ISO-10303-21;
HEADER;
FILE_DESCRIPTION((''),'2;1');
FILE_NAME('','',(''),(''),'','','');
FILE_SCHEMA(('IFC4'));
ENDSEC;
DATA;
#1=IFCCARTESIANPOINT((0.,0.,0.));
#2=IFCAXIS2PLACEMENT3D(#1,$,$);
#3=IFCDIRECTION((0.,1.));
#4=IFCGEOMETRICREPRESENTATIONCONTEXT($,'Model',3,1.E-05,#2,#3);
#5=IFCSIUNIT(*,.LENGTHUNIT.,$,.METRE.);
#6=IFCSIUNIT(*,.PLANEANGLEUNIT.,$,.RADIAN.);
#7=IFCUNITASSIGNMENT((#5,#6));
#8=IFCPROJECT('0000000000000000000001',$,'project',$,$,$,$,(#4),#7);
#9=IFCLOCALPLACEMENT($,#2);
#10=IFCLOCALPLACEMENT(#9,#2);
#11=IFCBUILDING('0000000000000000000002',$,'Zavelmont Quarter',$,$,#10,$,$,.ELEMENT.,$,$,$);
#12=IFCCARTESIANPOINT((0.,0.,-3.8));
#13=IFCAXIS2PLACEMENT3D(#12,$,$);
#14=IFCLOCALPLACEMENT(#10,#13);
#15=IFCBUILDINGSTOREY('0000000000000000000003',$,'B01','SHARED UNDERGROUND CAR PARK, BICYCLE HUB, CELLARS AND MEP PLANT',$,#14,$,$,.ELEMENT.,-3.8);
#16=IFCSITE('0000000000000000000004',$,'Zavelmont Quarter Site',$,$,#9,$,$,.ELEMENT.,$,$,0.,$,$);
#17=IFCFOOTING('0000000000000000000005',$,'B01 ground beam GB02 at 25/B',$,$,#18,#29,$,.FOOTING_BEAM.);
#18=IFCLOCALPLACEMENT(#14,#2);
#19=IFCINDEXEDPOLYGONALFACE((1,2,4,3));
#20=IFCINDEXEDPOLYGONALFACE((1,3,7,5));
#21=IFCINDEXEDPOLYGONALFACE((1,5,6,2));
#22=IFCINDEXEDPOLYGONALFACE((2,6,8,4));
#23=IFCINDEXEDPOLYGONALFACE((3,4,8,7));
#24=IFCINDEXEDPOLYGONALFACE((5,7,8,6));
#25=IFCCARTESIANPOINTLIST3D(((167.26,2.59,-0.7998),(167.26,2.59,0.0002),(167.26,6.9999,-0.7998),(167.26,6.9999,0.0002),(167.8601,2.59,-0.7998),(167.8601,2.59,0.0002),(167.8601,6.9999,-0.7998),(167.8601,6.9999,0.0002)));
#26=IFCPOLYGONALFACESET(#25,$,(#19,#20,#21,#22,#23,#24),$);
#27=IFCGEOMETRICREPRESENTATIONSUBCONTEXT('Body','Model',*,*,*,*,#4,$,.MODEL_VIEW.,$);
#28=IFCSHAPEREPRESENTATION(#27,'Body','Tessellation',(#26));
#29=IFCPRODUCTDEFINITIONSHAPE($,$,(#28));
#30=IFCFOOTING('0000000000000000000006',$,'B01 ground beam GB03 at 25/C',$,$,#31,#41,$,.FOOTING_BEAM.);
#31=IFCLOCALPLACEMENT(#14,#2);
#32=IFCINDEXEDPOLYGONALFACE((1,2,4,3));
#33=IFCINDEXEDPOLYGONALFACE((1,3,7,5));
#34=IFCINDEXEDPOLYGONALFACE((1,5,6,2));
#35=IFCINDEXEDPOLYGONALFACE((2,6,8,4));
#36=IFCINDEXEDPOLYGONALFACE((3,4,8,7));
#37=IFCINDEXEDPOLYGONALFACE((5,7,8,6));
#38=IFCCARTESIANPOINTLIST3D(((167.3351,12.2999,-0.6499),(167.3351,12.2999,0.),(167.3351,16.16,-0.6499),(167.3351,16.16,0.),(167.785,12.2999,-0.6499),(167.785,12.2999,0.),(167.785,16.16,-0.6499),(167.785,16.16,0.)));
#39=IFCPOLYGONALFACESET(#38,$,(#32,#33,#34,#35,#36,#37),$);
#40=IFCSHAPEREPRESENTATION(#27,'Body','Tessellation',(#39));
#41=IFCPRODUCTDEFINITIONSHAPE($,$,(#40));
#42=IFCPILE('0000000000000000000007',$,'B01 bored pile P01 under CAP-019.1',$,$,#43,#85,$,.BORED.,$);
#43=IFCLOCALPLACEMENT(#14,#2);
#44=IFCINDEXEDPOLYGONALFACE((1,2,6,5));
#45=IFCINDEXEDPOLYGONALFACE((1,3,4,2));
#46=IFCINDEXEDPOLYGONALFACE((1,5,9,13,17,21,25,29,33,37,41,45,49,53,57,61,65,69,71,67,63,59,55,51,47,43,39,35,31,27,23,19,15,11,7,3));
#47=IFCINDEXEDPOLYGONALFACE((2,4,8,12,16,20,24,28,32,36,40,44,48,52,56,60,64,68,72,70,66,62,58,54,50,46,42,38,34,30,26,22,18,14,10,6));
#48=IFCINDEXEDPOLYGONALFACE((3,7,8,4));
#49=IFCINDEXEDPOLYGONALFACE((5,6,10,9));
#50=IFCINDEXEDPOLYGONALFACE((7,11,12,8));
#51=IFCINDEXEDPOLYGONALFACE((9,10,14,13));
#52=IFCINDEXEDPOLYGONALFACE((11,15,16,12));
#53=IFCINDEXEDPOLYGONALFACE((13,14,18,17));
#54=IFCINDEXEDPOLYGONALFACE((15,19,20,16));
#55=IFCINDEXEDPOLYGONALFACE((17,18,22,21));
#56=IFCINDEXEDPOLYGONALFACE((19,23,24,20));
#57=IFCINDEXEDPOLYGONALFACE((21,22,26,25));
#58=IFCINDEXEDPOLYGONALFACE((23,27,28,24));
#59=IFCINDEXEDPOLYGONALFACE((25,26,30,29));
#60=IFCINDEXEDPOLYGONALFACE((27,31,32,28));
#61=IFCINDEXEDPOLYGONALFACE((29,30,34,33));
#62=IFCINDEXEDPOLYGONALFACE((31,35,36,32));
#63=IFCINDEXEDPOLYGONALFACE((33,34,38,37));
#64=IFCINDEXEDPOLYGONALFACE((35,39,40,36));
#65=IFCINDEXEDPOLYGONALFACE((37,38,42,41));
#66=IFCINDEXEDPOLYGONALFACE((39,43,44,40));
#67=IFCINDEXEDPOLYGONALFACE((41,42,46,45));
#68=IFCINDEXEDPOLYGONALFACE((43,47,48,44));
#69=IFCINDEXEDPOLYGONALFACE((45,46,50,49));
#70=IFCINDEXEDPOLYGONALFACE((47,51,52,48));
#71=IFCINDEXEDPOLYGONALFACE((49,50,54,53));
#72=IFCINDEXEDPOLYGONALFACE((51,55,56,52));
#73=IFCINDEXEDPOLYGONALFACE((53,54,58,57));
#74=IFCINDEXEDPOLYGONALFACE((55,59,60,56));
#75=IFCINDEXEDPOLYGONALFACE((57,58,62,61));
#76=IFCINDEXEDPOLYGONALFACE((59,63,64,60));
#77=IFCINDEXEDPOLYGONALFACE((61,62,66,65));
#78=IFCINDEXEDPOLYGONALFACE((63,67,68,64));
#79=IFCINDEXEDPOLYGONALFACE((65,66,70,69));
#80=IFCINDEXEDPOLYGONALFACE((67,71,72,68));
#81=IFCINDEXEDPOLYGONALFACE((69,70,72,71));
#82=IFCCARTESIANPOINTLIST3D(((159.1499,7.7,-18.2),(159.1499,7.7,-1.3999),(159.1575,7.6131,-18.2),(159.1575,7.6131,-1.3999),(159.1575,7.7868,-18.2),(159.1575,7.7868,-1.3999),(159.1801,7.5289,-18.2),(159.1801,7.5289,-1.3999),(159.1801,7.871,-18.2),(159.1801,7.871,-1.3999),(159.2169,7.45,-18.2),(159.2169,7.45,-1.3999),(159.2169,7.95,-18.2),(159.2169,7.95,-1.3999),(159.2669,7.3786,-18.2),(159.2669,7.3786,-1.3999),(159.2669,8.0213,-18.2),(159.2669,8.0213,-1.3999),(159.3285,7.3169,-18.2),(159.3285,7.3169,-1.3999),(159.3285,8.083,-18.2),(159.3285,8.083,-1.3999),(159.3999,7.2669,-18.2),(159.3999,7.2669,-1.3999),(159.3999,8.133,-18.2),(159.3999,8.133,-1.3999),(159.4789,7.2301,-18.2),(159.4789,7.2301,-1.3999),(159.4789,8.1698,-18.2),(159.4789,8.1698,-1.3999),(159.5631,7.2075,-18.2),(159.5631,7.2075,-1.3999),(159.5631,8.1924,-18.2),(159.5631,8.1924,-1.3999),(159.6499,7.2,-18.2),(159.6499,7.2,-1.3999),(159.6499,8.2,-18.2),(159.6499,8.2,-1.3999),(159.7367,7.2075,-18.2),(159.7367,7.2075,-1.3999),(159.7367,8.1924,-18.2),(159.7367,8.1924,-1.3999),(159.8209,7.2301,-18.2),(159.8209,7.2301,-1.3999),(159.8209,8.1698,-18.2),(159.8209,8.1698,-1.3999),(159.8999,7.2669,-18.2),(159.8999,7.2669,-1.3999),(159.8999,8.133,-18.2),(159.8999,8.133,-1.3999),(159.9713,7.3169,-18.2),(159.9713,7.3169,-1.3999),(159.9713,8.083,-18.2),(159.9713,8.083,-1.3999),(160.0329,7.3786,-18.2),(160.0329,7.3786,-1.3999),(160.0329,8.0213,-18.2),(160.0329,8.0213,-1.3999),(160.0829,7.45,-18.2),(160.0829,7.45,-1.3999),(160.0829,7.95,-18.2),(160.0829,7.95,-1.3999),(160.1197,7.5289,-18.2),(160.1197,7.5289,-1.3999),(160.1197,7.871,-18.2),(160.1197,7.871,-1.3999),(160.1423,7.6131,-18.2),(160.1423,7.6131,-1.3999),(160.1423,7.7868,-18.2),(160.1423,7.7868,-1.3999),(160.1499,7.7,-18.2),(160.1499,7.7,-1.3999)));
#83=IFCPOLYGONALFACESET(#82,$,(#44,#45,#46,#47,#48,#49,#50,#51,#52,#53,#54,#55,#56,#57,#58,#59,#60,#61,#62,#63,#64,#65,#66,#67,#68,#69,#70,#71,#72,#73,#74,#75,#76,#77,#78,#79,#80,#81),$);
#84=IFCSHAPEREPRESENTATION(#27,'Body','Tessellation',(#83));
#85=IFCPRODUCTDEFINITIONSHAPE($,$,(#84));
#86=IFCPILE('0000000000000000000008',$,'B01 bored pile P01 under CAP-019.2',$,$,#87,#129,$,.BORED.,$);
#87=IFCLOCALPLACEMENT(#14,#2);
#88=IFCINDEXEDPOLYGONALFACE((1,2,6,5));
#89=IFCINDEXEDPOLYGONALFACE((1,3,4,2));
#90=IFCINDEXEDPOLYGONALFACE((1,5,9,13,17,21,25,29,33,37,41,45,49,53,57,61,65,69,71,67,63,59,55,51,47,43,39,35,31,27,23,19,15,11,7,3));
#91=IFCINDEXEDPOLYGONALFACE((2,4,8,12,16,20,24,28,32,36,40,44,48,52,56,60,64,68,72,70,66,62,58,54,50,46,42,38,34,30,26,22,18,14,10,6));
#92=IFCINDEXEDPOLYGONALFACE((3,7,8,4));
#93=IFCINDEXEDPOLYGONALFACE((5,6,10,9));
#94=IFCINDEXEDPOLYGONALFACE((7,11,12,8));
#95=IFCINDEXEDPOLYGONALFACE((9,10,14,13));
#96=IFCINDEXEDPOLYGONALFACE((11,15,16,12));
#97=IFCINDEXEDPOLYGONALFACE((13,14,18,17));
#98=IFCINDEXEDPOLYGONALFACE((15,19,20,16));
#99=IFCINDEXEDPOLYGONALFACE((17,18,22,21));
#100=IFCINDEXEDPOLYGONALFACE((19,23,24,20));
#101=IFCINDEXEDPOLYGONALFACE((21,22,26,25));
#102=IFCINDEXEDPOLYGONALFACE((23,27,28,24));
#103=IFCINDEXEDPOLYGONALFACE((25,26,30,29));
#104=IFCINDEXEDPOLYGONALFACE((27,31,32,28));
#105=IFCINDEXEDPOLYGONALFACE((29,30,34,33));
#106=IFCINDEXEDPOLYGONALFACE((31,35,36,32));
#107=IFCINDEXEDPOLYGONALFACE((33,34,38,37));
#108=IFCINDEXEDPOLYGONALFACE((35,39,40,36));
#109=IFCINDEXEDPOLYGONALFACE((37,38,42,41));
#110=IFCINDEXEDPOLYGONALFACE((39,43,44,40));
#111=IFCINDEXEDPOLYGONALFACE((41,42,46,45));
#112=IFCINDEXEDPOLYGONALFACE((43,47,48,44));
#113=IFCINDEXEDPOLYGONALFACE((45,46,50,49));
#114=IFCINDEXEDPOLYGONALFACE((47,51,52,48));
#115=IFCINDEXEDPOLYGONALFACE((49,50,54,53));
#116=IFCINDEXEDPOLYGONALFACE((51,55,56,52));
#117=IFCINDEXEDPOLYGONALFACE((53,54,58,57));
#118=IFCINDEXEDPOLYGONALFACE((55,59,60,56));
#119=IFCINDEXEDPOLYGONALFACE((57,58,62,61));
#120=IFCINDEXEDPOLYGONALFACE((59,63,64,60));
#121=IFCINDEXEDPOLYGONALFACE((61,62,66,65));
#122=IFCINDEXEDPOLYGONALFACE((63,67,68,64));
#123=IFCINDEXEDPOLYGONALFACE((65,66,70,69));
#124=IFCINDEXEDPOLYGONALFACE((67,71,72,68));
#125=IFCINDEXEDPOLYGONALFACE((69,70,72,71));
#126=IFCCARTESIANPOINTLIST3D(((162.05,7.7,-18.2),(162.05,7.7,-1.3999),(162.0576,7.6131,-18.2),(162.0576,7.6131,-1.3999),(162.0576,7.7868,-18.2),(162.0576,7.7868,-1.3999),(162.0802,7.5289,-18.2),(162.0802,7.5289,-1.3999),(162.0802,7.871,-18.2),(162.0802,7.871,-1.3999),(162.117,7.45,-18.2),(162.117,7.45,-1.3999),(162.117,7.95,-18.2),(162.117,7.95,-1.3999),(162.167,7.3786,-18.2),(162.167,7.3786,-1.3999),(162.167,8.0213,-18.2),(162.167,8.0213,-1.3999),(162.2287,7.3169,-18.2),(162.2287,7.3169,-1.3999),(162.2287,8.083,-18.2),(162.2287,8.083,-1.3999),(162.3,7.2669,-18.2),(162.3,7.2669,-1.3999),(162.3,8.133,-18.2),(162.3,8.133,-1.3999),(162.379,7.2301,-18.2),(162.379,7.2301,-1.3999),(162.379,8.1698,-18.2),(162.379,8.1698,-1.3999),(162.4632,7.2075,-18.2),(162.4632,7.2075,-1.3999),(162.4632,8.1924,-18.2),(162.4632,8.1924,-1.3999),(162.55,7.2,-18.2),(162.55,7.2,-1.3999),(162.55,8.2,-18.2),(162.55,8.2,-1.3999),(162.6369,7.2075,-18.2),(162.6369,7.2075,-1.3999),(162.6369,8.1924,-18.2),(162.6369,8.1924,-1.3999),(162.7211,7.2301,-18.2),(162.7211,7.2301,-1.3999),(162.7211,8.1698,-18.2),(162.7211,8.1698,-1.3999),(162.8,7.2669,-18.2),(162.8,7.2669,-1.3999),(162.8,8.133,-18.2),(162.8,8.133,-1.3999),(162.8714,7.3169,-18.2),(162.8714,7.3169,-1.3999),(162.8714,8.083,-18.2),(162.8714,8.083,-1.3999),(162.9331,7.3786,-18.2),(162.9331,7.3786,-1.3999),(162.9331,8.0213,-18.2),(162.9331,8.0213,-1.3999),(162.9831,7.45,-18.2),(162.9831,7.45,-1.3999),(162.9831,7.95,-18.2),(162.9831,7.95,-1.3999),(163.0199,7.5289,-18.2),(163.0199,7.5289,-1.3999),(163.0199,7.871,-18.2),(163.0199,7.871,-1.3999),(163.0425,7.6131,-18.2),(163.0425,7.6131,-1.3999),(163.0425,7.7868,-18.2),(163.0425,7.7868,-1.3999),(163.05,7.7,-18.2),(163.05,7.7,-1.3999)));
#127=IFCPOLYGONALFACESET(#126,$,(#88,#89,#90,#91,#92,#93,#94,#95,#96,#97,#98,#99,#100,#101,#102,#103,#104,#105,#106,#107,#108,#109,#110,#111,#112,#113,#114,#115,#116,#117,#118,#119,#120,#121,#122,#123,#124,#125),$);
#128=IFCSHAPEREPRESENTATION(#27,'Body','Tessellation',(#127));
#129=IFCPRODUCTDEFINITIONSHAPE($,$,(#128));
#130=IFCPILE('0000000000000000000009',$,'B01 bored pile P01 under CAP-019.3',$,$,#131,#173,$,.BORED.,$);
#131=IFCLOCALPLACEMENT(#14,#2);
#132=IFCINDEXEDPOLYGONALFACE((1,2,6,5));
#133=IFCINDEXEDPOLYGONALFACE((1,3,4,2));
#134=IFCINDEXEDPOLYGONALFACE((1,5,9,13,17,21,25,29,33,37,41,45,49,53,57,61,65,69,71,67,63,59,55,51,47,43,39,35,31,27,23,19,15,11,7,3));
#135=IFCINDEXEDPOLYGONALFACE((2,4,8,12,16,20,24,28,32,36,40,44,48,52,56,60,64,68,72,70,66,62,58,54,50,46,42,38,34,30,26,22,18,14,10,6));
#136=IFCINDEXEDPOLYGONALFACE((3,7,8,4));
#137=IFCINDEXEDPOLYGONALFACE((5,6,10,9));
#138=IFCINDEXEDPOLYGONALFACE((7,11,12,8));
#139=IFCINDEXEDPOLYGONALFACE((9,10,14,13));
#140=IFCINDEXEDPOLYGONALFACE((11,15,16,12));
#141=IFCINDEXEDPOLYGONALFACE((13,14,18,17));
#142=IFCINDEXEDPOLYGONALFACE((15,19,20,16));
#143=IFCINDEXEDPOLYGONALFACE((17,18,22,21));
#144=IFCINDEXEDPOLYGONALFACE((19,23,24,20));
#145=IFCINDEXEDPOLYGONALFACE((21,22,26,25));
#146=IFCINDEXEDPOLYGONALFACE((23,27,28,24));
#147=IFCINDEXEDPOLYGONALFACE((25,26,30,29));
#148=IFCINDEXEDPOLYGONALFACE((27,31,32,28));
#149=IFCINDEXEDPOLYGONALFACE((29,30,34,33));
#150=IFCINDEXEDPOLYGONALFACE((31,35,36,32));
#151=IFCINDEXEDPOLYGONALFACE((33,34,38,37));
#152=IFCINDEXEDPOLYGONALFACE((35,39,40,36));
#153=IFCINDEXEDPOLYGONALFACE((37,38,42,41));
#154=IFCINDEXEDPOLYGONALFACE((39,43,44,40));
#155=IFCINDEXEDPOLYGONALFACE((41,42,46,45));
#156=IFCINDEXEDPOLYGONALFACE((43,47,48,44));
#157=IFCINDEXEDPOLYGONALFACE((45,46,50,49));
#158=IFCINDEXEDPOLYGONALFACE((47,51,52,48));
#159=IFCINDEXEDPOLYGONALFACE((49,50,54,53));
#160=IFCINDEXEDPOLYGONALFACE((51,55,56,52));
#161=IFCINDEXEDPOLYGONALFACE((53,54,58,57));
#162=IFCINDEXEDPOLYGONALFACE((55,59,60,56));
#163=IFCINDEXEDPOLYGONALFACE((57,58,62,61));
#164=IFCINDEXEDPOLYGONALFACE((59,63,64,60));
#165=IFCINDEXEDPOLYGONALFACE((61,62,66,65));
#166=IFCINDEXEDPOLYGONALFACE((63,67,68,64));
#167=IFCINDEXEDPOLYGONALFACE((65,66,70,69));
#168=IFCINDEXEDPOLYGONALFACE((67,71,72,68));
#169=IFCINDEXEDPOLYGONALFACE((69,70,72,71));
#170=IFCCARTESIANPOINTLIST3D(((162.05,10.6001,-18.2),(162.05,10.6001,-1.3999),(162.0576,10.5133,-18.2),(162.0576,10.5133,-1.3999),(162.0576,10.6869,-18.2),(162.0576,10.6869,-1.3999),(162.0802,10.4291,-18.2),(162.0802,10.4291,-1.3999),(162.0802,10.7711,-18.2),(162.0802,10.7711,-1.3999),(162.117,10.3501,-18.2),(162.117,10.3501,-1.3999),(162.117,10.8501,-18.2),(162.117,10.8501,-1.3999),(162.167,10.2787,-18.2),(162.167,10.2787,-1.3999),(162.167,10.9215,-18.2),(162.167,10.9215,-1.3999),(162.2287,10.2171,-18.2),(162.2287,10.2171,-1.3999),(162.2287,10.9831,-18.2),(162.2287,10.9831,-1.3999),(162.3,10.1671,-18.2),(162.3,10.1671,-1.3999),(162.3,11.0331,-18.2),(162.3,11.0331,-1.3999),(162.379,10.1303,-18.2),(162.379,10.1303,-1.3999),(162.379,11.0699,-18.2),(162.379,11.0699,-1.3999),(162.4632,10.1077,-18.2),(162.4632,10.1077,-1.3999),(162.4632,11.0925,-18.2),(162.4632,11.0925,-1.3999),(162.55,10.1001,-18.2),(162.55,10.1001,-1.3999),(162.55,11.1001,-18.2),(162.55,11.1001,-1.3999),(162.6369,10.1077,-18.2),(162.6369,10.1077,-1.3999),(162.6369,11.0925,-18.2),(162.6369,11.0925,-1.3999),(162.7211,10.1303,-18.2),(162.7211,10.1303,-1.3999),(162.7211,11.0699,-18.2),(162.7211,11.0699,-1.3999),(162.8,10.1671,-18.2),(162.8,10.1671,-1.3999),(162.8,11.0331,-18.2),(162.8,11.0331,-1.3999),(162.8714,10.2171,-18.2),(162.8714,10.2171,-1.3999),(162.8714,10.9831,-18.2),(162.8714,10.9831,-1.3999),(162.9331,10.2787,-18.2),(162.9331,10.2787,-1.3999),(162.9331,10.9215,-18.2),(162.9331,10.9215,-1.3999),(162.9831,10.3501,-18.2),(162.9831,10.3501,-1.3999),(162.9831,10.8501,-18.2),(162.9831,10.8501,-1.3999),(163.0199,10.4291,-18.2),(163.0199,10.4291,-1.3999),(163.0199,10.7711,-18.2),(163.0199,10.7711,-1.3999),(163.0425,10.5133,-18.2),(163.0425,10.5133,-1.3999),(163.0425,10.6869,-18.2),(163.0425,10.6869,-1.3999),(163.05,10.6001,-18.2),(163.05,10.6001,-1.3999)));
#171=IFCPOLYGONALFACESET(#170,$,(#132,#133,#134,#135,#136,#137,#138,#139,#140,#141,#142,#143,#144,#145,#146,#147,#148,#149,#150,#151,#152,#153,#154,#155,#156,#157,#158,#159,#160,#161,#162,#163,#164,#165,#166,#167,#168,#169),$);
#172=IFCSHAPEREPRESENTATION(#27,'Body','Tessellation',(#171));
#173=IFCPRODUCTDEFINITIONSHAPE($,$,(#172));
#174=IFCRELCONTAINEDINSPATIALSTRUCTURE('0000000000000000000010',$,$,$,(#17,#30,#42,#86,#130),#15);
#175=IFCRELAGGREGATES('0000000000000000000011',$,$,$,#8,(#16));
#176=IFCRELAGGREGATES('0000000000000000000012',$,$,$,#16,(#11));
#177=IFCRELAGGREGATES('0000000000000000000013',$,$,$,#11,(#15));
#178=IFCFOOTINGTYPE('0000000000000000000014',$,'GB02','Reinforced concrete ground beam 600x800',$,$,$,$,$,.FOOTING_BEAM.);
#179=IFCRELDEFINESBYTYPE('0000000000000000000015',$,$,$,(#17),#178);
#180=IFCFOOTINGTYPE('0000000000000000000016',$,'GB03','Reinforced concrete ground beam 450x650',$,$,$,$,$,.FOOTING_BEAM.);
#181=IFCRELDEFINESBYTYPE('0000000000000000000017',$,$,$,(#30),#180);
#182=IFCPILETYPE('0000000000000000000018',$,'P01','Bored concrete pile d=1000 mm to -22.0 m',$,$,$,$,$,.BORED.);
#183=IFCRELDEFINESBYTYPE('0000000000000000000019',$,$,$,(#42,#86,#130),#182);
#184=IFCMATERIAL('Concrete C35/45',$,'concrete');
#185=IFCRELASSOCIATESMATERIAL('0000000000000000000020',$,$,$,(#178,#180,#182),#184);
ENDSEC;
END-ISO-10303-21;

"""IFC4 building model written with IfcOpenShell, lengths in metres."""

from ifc_helpers import new_model, si_unit, direction, frame, origin, origin_2d, place, context, subcontext, project, spatial, rectangle, circle, extrude, material, material_profile, profile_set, type_object, element, save


model = new_model("IFC4")

# Units and contexts
model_context = context("Model", 3, precision=1e-05, world=origin(), true_north=direction((0.0, 1.0)))
body_context = subcontext(model_context, "Body", "Model", "MODEL_VIEW")
ifc_project = project(units=[si_unit("LENGTHUNIT", "METRE"), si_unit("PLANEANGLEUNIT", "RADIAN")], contexts=[model_context])

# Site, building, storey
site_placement = place(None, origin())
site = spatial("IfcSite", under=ifc_project, at=site_placement, Name="Zavelmont Quarter Site", CompositionType="ELEMENT", RefElevation=0.0)
building_placement = place(site_placement, origin())
building = spatial("IfcBuilding", under=site, at=building_placement, Name="Zavelmont Quarter", CompositionType="ELEMENT")
storey_placement = place(building_placement, frame((0.0, 0.0, -3.8)))
storey = spatial("IfcBuildingStorey", under=building, at=storey_placement, Name="B01", Description="SHARED UNDERGROUND CAR PARK, BICYCLE HUB, CELLARS AND MEP PLANT", CompositionType="ELEMENT", Elevation=-3.8)

# Footings
ifc_material_1 = material(Name="Concrete C35/45", Category="concrete")
footing_type_1 = type_object("IfcFootingType", Name="GB02", Description="Reinforced concrete ground beam 600x800", PredefinedType="FOOTING_BEAM", material=ifc_material_1)
footing_1_placement = place(storey_placement, frame((167.5601, 4.7949, -0.7998), z_axis=(0.0, 0.0, 1.0), x_axis=(0.0, 1.0, 0.0)))
element("IfcFooting", 1, at=footing_1_placement, inside=storey, type_object=footing_type_1, Name="B01 ground beam GB02 at 25/B", PredefinedType="FOOTING_BEAM", context=body_context, shape_type="SweptSolid", body=[
    extrude(rectangle(XDim=4.4099, YDim=0.6001, at=origin_2d()), origin(), (0.0, 0.0, 1.0), 0.8),
])
footing_type_2 = type_object("IfcFootingType", Name="GB03", Description="Reinforced concrete ground beam 450x650", PredefinedType="FOOTING_BEAM", material=ifc_material_1)
footing_2_placement = place(storey_placement, frame((167.5601, 14.23, -0.6499), z_axis=(0.0, 0.0, 1.0), x_axis=(0.0, 1.0, 0.0)))
element("IfcFooting", 2, at=footing_2_placement, inside=storey, type_object=footing_type_2, Name="B01 ground beam GB03 at 25/C", PredefinedType="FOOTING_BEAM", context=body_context, shape_type="SweptSolid", body=[
    extrude(rectangle(XDim=3.8601, YDim=0.45, at=origin_2d()), origin(), (0.0, 0.0, 1.0), 0.6499),
])

# Piles
ifc_material_profile_1 = material_profile(ifc_material_1, circle(Radius=0.5, at=origin_2d()), Name="BP1000")
ifc_profile_set_1 = profile_set([ifc_material_profile_1], Name="Concrete C35/45")
pile_type_1 = type_object("IfcPileType", Name="P01", Description="Bored concrete pile d=1000 mm to -22.0 m", PredefinedType="BORED", material=ifc_profile_set_1)
for number, where, z_axis, x_axis, name in (
    (3, (159.6499, 7.7, -1.3999), (0.0, 0.0, -1.0), (1.0, 0.0, 0.0), "B01 bored pile P01 under CAP-019.1"),
    (4, (162.55, 7.7, -1.3999), (0.0, 0.0, -1.0), (1.0, 0.0, 0.0), "B01 bored pile P01 under CAP-019.2"),
    (5, (162.55, 10.6001, -1.3999), (0.0, 0.0, -1.0), (1.0, 0.0, 0.0), "B01 bored pile P01 under CAP-019.3"),
):
    element("IfcPile", number, at=place(storey_placement, frame(where, z_axis=z_axis, x_axis=x_axis)), inside=storey, type_object=pile_type_1, Name=name, PredefinedType="BORED", context=body_context, shape_type="SweptSolid", body=[
        extrude(circle(Radius=0.5, at=origin_2d()), origin(), (0.0, 0.0, 1.0), 16.8),
    ])

save(model, "model.ifc")
